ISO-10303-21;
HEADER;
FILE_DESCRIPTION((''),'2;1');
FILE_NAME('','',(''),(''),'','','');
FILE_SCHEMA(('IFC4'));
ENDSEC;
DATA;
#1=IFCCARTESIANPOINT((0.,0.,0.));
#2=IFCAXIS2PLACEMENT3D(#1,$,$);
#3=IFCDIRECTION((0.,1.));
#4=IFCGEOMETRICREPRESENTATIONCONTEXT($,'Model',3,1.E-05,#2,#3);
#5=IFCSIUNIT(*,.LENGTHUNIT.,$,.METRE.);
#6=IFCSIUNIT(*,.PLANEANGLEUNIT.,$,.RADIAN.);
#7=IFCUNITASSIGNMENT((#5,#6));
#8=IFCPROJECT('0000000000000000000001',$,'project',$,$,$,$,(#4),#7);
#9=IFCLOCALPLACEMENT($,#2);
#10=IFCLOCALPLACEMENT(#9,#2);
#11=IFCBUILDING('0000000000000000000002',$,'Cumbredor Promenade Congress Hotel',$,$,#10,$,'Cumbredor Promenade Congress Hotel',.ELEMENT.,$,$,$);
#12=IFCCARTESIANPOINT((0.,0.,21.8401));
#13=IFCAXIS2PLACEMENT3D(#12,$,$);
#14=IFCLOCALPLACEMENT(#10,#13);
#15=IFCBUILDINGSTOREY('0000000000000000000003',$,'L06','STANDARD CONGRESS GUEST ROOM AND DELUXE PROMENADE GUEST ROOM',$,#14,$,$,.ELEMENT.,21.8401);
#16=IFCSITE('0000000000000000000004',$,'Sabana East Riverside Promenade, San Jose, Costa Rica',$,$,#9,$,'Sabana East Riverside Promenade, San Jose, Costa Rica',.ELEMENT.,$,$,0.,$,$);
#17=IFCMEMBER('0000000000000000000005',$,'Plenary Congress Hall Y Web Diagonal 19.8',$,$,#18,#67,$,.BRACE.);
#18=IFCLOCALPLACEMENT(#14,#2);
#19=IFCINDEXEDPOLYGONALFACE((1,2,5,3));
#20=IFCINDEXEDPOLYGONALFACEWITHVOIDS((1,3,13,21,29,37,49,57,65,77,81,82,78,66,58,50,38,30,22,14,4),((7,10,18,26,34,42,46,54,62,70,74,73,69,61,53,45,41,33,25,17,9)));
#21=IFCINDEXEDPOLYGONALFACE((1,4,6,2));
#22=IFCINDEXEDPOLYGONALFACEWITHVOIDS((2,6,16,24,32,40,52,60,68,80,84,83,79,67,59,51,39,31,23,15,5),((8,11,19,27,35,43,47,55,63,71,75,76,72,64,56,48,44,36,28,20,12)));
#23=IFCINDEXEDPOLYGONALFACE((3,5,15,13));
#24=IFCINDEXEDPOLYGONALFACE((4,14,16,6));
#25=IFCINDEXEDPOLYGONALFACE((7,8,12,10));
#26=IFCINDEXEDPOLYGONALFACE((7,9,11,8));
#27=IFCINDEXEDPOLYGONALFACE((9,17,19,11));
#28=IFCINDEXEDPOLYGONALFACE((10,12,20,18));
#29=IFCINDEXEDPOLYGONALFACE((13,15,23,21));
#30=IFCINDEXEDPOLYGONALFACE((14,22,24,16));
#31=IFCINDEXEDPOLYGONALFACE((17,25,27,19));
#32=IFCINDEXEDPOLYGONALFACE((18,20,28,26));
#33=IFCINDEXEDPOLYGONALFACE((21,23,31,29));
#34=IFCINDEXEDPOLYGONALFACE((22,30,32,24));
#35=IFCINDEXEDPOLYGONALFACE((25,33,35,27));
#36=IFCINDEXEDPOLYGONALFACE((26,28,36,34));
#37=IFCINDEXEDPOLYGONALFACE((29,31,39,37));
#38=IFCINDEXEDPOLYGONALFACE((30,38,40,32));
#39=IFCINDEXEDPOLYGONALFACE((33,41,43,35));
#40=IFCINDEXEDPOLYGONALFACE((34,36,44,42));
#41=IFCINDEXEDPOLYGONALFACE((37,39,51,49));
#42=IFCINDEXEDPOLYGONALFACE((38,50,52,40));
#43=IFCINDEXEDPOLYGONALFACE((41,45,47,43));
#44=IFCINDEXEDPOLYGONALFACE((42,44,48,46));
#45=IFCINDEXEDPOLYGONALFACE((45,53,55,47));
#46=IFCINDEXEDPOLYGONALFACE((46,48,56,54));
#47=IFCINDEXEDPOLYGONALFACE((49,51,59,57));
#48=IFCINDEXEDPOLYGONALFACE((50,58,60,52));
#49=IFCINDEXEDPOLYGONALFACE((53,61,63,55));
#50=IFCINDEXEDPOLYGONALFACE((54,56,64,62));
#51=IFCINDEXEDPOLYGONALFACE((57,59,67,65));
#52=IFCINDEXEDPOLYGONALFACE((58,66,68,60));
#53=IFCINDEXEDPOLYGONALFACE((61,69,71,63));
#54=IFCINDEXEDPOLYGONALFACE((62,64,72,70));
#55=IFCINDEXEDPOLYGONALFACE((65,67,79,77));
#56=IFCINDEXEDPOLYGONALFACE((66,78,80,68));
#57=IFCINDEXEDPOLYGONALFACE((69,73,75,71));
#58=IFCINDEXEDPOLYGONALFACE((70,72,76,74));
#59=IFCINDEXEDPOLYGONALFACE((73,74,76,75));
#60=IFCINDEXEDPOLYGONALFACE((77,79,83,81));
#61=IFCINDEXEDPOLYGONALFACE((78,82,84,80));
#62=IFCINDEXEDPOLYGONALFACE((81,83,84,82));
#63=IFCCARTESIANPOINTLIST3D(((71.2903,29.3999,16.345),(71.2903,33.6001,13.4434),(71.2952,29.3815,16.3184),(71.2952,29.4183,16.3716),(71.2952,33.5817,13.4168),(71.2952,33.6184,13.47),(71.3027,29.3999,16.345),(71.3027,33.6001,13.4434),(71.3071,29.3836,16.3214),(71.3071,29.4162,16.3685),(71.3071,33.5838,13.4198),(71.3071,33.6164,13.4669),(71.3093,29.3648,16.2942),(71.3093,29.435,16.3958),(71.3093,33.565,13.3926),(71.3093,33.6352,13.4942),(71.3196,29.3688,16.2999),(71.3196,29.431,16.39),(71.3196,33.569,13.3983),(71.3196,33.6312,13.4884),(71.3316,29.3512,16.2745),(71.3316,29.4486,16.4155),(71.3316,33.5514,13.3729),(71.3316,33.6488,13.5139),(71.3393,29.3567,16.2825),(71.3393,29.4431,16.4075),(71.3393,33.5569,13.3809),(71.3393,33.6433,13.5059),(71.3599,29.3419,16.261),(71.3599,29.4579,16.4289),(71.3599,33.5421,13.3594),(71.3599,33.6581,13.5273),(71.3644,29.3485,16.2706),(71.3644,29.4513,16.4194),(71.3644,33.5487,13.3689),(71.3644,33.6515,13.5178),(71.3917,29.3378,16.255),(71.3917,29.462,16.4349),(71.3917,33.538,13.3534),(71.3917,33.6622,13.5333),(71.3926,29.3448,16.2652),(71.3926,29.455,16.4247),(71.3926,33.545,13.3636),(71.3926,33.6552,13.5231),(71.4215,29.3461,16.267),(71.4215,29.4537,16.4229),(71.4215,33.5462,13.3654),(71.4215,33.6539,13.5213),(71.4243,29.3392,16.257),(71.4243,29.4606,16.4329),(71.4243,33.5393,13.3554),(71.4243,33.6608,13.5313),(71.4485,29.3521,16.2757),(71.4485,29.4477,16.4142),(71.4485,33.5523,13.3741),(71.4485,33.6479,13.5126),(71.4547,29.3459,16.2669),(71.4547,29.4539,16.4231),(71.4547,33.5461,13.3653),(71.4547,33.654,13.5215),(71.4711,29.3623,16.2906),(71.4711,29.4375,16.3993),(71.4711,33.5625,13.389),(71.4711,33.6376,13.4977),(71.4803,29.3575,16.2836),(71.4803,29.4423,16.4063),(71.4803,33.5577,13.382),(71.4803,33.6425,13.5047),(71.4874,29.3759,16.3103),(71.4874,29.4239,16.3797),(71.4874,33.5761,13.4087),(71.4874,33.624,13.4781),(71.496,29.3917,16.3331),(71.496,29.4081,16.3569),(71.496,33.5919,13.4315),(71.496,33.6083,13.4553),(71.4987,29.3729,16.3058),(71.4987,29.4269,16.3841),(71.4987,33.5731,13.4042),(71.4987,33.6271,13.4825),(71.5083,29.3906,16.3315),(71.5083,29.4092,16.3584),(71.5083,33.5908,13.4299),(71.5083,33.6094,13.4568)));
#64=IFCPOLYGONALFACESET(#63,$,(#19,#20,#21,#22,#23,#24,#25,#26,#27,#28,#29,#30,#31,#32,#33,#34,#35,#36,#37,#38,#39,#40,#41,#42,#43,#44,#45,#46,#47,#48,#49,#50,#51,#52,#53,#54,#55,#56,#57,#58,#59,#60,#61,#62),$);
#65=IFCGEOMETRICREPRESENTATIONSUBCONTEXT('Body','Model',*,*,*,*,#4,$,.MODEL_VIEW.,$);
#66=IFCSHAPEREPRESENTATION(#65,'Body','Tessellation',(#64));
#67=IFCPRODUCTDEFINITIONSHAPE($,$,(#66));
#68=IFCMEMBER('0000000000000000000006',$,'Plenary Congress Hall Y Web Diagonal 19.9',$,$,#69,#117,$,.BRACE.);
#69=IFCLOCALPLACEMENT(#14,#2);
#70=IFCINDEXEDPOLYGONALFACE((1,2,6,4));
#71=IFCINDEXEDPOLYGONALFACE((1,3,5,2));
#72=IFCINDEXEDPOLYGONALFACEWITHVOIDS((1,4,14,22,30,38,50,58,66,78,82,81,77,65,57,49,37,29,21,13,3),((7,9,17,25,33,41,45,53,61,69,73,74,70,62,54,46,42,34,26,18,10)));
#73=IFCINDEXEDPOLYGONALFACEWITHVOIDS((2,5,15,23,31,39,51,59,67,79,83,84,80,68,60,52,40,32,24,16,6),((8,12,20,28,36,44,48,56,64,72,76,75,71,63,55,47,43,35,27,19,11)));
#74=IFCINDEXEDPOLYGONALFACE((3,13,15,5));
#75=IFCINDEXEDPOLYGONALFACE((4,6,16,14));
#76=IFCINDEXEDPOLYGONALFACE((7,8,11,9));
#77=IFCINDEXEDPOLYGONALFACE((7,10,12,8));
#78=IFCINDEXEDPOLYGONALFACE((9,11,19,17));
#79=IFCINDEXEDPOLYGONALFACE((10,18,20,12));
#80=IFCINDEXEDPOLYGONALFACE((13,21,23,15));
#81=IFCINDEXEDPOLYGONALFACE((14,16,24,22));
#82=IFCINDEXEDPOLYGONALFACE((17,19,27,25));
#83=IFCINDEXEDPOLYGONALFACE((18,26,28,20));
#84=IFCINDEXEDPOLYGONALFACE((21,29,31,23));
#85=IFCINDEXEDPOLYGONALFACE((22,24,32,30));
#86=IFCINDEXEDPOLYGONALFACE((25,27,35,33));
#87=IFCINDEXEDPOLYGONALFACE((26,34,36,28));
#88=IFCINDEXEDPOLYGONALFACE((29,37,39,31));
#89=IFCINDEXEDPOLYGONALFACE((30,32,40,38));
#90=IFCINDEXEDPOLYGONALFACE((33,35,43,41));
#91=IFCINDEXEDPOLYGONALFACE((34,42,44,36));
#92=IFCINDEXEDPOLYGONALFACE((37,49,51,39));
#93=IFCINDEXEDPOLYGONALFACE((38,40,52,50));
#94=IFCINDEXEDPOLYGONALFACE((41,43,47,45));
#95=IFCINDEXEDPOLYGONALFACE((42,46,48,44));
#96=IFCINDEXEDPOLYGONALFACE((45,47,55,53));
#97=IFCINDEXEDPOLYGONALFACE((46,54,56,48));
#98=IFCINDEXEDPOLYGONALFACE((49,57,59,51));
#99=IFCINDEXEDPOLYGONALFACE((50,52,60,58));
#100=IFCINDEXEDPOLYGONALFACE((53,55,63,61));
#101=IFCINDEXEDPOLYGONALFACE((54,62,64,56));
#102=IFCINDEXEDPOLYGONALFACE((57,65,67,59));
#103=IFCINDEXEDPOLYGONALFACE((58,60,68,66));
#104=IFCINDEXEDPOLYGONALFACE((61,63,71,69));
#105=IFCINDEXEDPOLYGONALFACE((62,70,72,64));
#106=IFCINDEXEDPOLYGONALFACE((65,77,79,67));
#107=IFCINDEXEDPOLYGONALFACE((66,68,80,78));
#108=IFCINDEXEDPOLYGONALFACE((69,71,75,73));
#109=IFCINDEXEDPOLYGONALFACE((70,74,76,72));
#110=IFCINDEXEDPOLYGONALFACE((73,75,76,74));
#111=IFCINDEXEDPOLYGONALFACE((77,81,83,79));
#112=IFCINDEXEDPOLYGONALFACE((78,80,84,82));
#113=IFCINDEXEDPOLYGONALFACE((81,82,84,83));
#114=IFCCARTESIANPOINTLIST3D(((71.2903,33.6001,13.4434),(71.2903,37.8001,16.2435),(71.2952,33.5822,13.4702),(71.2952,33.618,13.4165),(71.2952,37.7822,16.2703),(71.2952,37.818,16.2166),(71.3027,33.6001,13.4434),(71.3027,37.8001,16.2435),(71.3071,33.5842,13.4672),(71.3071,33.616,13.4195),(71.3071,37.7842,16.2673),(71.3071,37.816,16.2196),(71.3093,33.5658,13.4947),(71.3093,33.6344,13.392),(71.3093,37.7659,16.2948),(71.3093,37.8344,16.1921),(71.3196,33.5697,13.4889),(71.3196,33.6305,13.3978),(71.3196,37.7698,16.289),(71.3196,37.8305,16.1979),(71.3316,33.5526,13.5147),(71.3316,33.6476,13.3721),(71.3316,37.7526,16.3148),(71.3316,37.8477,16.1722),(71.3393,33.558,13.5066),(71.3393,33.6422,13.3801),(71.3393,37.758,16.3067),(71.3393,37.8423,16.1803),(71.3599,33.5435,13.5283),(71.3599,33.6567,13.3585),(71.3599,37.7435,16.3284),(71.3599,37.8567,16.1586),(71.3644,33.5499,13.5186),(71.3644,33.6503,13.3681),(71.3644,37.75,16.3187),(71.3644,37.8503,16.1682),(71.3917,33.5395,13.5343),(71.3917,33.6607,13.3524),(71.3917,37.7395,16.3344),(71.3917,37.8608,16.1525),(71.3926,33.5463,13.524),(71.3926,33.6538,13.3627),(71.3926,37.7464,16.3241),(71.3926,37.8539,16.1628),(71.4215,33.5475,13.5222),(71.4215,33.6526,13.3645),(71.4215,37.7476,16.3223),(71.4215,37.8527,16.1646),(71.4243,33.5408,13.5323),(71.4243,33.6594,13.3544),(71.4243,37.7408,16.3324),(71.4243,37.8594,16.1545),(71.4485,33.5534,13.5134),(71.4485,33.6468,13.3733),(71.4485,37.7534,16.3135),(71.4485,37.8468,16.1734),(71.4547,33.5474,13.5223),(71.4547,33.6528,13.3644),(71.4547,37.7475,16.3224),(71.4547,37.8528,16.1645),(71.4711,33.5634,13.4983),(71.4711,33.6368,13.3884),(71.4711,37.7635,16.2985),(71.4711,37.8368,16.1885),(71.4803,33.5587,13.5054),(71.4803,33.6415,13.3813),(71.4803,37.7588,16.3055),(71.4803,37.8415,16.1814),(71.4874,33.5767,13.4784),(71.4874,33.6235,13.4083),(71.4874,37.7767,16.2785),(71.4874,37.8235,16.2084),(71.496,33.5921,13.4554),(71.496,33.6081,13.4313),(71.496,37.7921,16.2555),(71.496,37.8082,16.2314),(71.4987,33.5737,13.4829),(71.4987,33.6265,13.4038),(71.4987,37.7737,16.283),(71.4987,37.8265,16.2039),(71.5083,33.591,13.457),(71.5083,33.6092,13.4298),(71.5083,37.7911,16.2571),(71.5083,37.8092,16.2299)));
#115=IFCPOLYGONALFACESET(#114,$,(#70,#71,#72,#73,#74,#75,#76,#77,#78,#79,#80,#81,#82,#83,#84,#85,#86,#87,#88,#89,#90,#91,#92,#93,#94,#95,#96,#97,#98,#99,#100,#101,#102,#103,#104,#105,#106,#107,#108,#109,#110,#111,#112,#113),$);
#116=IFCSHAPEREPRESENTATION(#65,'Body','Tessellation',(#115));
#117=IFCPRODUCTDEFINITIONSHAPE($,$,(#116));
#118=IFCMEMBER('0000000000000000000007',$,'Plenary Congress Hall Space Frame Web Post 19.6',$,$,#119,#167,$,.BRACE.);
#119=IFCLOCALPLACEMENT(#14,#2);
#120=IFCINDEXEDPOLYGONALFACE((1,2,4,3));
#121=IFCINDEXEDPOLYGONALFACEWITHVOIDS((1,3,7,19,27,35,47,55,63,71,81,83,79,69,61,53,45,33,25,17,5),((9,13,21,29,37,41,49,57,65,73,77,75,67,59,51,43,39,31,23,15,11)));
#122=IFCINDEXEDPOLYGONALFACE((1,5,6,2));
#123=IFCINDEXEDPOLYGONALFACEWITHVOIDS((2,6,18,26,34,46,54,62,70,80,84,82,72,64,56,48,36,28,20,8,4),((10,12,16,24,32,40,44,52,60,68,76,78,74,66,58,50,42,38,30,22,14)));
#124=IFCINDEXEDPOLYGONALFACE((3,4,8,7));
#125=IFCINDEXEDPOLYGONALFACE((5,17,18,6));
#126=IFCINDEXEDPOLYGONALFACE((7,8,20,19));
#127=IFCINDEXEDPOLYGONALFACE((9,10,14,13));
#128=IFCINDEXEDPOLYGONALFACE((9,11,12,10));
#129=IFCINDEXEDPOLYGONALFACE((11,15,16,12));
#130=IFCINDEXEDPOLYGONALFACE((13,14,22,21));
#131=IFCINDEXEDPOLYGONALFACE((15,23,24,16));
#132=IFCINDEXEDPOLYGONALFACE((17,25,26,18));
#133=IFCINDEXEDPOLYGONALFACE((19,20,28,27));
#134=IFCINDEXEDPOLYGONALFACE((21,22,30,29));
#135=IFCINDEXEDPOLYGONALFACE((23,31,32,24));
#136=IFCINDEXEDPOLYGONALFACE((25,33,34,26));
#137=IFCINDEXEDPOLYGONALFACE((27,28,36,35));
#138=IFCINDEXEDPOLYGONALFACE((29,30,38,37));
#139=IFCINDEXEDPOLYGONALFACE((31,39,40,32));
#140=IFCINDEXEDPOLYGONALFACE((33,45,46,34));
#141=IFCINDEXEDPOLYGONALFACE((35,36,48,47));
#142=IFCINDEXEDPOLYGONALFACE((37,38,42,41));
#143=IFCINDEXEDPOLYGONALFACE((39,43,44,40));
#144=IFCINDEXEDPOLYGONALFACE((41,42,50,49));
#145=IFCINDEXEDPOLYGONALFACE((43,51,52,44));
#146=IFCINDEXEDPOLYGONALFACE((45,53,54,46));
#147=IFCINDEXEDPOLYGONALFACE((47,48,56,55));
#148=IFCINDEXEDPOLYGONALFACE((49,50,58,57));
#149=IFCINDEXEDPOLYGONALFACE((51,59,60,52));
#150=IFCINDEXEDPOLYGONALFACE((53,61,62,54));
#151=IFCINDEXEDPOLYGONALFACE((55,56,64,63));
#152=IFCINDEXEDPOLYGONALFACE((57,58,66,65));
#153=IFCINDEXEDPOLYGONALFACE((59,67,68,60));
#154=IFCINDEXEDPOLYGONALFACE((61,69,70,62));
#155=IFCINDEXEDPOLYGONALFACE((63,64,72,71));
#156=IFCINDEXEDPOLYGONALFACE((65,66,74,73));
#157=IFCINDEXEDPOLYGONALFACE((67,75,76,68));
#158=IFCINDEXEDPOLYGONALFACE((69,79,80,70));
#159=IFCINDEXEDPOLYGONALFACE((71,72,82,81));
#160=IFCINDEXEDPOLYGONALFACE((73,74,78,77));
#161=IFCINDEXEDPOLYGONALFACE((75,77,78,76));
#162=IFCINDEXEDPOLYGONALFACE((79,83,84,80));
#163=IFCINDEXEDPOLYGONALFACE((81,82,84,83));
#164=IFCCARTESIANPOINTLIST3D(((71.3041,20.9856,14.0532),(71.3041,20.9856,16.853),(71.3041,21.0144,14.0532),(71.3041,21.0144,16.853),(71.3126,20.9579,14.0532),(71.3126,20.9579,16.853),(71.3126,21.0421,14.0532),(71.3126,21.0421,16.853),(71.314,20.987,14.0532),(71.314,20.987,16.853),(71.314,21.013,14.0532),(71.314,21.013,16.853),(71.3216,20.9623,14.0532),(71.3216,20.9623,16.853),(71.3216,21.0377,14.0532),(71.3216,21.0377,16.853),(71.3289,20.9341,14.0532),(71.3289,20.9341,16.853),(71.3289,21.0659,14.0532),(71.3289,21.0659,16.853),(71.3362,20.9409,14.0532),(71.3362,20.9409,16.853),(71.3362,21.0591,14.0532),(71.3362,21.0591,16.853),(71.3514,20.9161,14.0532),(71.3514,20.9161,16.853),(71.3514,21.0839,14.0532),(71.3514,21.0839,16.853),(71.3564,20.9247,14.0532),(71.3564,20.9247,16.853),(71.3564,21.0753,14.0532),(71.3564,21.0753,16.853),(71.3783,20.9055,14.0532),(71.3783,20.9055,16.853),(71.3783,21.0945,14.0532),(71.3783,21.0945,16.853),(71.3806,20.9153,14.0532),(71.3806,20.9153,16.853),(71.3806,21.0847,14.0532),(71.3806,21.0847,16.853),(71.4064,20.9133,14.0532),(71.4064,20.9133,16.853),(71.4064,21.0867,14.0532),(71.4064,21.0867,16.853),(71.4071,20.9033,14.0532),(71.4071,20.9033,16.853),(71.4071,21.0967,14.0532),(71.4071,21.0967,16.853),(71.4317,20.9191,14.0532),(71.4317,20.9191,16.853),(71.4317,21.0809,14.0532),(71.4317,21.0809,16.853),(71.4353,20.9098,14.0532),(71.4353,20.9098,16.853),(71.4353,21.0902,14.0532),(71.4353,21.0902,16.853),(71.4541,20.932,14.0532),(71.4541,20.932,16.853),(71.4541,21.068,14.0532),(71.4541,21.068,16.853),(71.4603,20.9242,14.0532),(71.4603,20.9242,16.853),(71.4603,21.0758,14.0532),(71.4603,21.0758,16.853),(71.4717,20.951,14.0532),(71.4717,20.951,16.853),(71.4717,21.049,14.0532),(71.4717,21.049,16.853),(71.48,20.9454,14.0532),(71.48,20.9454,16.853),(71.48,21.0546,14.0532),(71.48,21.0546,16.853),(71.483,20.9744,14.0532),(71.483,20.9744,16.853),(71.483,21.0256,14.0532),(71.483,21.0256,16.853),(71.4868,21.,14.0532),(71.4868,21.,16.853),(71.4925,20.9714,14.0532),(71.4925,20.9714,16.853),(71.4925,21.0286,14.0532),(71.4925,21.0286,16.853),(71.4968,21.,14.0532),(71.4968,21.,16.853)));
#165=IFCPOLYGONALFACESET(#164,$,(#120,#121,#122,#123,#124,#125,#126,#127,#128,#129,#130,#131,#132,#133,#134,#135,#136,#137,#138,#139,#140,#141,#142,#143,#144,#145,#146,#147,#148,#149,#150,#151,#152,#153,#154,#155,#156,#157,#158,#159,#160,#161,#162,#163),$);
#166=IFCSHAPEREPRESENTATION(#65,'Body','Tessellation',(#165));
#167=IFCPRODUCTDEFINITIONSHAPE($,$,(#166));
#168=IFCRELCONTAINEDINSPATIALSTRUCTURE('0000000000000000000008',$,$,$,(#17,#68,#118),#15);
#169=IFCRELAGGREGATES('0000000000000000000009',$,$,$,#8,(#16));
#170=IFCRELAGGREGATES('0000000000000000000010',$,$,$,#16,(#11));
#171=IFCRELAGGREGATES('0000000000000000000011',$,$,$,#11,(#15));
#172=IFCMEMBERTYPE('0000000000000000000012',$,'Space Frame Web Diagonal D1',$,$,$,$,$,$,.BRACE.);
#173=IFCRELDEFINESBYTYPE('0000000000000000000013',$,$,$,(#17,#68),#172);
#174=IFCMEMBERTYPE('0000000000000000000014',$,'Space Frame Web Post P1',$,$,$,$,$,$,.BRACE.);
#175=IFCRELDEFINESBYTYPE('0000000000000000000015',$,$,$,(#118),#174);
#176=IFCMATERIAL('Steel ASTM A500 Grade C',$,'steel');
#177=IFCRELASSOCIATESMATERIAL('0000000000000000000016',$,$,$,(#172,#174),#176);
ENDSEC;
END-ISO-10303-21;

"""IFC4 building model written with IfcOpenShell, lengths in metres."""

from ifc_helpers import new_model, si_unit, direction, frame, origin, origin_2d, place, context, subcontext, project, spatial, hollow_circle, extrude, material, material_profile, profile_set, type_object, element, save


model = new_model("IFC4")

# Units and contexts
model_context = context("Model", 3, precision=1e-05, world=origin(), true_north=direction((0.0, 1.0)))
body_context = subcontext(model_context, "Body", "Model", "MODEL_VIEW")
ifc_project = project(units=[si_unit("LENGTHUNIT", "METRE"), si_unit("PLANEANGLEUNIT", "RADIAN")], contexts=[model_context])

# Site, building, storey
site_placement = place(None, origin())
site = spatial("IfcSite", under=ifc_project, at=site_placement, Name="Sabana East Riverside Promenade, San Jose, Costa Rica", LongName="Sabana East Riverside Promenade, San Jose, Costa Rica", CompositionType="ELEMENT", RefElevation=0.0)
building_placement = place(site_placement, origin())
building = spatial("IfcBuilding", under=site, at=building_placement, Name="Cumbredor Promenade Congress Hotel", LongName="Cumbredor Promenade Congress Hotel", CompositionType="ELEMENT")
storey_placement = place(building_placement, frame((0.0, 0.0, 21.8401)))
storey = spatial("IfcBuildingStorey", under=building, at=storey_placement, Name="L06", Description="STANDARD CONGRESS GUEST ROOM AND DELUXE PROMENADE GUEST ROOM", CompositionType="ELEMENT", Elevation=21.8401)

# Members
ifc_material_1 = material(Name="Steel ASTM A500 Grade C", Category="steel")
ifc_material_profile_1 = material_profile(ifc_material_1, hollow_circle(Radius=0.1096, WallThickness=0.0125, at=origin_2d()), Name="CHS 219.1x12.5")
ifc_profile_set_1 = profile_set([ifc_material_profile_1], Name="Steel ASTM A500 Grade C")
member_type_1 = type_object("IfcMemberType", Name="Space Frame Web Diagonal D1", PredefinedType="BRACE", material=ifc_profile_set_1)
member_1_placement = place(storey_placement, frame((71.3999, 29.3999, 16.345), z_axis=(0.0, 0.822762, -0.568387), x_axis=(-1.0, 0.0, 0.0)))
element("IfcMember", 1, at=member_1_placement, inside=storey, type_object=member_type_1, Name="Plenary Congress Hall Y Web Diagonal 19.8", PredefinedType="BRACE", context=body_context, shape_type="SweptSolid", body=[
    extrude(hollow_circle(Radius=0.1096, WallThickness=0.0125, at=origin_2d()), origin(), (0.0, 0.0, 1.0), 5.105),
])
member_2_placement = place(storey_placement, frame((71.3999, 33.6001, 13.4434), z_axis=(0.0, 0.832043, 0.554711), x_axis=(-1.0, 0.0, 0.0)))
element("IfcMember", 2, at=member_2_placement, inside=storey, type_object=member_type_1, Name="Plenary Congress Hall Y Web Diagonal 19.9", PredefinedType="BRACE", context=body_context, shape_type="SweptSolid", body=[
    extrude(hollow_circle(Radius=0.1096, WallThickness=0.0125, at=origin_2d()), origin(), (0.0, 0.0, 1.0), 5.0479),
])
ifc_material_profile_2 = material_profile(ifc_material_1, hollow_circle(Radius=0.0969, WallThickness=0.01, at=origin_2d()), Name="CHS 193.7x10")
ifc_profile_set_2 = profile_set([ifc_material_profile_2], Name="Steel ASTM A500 Grade C")
member_type_2 = type_object("IfcMemberType", Name="Space Frame Web Post P1", PredefinedType="BRACE", material=ifc_profile_set_2)
member_3_placement = place(storey_placement, frame((71.3999, 21.0, 14.0532), z_axis=(0.0, 0.0, 1.0), x_axis=(1.0, 0.0, 0.0)))
element("IfcMember", 3, at=member_3_placement, inside=storey, type_object=member_type_2, Name="Plenary Congress Hall Space Frame Web Post 19.6", PredefinedType="BRACE", context=body_context, shape_type="SweptSolid", body=[
    extrude(hollow_circle(Radius=0.0969, WallThickness=0.01, at=origin_2d()), origin(), (0.0, 0.0, 1.0), 2.7998),
])

save(model, "model.ifc")
